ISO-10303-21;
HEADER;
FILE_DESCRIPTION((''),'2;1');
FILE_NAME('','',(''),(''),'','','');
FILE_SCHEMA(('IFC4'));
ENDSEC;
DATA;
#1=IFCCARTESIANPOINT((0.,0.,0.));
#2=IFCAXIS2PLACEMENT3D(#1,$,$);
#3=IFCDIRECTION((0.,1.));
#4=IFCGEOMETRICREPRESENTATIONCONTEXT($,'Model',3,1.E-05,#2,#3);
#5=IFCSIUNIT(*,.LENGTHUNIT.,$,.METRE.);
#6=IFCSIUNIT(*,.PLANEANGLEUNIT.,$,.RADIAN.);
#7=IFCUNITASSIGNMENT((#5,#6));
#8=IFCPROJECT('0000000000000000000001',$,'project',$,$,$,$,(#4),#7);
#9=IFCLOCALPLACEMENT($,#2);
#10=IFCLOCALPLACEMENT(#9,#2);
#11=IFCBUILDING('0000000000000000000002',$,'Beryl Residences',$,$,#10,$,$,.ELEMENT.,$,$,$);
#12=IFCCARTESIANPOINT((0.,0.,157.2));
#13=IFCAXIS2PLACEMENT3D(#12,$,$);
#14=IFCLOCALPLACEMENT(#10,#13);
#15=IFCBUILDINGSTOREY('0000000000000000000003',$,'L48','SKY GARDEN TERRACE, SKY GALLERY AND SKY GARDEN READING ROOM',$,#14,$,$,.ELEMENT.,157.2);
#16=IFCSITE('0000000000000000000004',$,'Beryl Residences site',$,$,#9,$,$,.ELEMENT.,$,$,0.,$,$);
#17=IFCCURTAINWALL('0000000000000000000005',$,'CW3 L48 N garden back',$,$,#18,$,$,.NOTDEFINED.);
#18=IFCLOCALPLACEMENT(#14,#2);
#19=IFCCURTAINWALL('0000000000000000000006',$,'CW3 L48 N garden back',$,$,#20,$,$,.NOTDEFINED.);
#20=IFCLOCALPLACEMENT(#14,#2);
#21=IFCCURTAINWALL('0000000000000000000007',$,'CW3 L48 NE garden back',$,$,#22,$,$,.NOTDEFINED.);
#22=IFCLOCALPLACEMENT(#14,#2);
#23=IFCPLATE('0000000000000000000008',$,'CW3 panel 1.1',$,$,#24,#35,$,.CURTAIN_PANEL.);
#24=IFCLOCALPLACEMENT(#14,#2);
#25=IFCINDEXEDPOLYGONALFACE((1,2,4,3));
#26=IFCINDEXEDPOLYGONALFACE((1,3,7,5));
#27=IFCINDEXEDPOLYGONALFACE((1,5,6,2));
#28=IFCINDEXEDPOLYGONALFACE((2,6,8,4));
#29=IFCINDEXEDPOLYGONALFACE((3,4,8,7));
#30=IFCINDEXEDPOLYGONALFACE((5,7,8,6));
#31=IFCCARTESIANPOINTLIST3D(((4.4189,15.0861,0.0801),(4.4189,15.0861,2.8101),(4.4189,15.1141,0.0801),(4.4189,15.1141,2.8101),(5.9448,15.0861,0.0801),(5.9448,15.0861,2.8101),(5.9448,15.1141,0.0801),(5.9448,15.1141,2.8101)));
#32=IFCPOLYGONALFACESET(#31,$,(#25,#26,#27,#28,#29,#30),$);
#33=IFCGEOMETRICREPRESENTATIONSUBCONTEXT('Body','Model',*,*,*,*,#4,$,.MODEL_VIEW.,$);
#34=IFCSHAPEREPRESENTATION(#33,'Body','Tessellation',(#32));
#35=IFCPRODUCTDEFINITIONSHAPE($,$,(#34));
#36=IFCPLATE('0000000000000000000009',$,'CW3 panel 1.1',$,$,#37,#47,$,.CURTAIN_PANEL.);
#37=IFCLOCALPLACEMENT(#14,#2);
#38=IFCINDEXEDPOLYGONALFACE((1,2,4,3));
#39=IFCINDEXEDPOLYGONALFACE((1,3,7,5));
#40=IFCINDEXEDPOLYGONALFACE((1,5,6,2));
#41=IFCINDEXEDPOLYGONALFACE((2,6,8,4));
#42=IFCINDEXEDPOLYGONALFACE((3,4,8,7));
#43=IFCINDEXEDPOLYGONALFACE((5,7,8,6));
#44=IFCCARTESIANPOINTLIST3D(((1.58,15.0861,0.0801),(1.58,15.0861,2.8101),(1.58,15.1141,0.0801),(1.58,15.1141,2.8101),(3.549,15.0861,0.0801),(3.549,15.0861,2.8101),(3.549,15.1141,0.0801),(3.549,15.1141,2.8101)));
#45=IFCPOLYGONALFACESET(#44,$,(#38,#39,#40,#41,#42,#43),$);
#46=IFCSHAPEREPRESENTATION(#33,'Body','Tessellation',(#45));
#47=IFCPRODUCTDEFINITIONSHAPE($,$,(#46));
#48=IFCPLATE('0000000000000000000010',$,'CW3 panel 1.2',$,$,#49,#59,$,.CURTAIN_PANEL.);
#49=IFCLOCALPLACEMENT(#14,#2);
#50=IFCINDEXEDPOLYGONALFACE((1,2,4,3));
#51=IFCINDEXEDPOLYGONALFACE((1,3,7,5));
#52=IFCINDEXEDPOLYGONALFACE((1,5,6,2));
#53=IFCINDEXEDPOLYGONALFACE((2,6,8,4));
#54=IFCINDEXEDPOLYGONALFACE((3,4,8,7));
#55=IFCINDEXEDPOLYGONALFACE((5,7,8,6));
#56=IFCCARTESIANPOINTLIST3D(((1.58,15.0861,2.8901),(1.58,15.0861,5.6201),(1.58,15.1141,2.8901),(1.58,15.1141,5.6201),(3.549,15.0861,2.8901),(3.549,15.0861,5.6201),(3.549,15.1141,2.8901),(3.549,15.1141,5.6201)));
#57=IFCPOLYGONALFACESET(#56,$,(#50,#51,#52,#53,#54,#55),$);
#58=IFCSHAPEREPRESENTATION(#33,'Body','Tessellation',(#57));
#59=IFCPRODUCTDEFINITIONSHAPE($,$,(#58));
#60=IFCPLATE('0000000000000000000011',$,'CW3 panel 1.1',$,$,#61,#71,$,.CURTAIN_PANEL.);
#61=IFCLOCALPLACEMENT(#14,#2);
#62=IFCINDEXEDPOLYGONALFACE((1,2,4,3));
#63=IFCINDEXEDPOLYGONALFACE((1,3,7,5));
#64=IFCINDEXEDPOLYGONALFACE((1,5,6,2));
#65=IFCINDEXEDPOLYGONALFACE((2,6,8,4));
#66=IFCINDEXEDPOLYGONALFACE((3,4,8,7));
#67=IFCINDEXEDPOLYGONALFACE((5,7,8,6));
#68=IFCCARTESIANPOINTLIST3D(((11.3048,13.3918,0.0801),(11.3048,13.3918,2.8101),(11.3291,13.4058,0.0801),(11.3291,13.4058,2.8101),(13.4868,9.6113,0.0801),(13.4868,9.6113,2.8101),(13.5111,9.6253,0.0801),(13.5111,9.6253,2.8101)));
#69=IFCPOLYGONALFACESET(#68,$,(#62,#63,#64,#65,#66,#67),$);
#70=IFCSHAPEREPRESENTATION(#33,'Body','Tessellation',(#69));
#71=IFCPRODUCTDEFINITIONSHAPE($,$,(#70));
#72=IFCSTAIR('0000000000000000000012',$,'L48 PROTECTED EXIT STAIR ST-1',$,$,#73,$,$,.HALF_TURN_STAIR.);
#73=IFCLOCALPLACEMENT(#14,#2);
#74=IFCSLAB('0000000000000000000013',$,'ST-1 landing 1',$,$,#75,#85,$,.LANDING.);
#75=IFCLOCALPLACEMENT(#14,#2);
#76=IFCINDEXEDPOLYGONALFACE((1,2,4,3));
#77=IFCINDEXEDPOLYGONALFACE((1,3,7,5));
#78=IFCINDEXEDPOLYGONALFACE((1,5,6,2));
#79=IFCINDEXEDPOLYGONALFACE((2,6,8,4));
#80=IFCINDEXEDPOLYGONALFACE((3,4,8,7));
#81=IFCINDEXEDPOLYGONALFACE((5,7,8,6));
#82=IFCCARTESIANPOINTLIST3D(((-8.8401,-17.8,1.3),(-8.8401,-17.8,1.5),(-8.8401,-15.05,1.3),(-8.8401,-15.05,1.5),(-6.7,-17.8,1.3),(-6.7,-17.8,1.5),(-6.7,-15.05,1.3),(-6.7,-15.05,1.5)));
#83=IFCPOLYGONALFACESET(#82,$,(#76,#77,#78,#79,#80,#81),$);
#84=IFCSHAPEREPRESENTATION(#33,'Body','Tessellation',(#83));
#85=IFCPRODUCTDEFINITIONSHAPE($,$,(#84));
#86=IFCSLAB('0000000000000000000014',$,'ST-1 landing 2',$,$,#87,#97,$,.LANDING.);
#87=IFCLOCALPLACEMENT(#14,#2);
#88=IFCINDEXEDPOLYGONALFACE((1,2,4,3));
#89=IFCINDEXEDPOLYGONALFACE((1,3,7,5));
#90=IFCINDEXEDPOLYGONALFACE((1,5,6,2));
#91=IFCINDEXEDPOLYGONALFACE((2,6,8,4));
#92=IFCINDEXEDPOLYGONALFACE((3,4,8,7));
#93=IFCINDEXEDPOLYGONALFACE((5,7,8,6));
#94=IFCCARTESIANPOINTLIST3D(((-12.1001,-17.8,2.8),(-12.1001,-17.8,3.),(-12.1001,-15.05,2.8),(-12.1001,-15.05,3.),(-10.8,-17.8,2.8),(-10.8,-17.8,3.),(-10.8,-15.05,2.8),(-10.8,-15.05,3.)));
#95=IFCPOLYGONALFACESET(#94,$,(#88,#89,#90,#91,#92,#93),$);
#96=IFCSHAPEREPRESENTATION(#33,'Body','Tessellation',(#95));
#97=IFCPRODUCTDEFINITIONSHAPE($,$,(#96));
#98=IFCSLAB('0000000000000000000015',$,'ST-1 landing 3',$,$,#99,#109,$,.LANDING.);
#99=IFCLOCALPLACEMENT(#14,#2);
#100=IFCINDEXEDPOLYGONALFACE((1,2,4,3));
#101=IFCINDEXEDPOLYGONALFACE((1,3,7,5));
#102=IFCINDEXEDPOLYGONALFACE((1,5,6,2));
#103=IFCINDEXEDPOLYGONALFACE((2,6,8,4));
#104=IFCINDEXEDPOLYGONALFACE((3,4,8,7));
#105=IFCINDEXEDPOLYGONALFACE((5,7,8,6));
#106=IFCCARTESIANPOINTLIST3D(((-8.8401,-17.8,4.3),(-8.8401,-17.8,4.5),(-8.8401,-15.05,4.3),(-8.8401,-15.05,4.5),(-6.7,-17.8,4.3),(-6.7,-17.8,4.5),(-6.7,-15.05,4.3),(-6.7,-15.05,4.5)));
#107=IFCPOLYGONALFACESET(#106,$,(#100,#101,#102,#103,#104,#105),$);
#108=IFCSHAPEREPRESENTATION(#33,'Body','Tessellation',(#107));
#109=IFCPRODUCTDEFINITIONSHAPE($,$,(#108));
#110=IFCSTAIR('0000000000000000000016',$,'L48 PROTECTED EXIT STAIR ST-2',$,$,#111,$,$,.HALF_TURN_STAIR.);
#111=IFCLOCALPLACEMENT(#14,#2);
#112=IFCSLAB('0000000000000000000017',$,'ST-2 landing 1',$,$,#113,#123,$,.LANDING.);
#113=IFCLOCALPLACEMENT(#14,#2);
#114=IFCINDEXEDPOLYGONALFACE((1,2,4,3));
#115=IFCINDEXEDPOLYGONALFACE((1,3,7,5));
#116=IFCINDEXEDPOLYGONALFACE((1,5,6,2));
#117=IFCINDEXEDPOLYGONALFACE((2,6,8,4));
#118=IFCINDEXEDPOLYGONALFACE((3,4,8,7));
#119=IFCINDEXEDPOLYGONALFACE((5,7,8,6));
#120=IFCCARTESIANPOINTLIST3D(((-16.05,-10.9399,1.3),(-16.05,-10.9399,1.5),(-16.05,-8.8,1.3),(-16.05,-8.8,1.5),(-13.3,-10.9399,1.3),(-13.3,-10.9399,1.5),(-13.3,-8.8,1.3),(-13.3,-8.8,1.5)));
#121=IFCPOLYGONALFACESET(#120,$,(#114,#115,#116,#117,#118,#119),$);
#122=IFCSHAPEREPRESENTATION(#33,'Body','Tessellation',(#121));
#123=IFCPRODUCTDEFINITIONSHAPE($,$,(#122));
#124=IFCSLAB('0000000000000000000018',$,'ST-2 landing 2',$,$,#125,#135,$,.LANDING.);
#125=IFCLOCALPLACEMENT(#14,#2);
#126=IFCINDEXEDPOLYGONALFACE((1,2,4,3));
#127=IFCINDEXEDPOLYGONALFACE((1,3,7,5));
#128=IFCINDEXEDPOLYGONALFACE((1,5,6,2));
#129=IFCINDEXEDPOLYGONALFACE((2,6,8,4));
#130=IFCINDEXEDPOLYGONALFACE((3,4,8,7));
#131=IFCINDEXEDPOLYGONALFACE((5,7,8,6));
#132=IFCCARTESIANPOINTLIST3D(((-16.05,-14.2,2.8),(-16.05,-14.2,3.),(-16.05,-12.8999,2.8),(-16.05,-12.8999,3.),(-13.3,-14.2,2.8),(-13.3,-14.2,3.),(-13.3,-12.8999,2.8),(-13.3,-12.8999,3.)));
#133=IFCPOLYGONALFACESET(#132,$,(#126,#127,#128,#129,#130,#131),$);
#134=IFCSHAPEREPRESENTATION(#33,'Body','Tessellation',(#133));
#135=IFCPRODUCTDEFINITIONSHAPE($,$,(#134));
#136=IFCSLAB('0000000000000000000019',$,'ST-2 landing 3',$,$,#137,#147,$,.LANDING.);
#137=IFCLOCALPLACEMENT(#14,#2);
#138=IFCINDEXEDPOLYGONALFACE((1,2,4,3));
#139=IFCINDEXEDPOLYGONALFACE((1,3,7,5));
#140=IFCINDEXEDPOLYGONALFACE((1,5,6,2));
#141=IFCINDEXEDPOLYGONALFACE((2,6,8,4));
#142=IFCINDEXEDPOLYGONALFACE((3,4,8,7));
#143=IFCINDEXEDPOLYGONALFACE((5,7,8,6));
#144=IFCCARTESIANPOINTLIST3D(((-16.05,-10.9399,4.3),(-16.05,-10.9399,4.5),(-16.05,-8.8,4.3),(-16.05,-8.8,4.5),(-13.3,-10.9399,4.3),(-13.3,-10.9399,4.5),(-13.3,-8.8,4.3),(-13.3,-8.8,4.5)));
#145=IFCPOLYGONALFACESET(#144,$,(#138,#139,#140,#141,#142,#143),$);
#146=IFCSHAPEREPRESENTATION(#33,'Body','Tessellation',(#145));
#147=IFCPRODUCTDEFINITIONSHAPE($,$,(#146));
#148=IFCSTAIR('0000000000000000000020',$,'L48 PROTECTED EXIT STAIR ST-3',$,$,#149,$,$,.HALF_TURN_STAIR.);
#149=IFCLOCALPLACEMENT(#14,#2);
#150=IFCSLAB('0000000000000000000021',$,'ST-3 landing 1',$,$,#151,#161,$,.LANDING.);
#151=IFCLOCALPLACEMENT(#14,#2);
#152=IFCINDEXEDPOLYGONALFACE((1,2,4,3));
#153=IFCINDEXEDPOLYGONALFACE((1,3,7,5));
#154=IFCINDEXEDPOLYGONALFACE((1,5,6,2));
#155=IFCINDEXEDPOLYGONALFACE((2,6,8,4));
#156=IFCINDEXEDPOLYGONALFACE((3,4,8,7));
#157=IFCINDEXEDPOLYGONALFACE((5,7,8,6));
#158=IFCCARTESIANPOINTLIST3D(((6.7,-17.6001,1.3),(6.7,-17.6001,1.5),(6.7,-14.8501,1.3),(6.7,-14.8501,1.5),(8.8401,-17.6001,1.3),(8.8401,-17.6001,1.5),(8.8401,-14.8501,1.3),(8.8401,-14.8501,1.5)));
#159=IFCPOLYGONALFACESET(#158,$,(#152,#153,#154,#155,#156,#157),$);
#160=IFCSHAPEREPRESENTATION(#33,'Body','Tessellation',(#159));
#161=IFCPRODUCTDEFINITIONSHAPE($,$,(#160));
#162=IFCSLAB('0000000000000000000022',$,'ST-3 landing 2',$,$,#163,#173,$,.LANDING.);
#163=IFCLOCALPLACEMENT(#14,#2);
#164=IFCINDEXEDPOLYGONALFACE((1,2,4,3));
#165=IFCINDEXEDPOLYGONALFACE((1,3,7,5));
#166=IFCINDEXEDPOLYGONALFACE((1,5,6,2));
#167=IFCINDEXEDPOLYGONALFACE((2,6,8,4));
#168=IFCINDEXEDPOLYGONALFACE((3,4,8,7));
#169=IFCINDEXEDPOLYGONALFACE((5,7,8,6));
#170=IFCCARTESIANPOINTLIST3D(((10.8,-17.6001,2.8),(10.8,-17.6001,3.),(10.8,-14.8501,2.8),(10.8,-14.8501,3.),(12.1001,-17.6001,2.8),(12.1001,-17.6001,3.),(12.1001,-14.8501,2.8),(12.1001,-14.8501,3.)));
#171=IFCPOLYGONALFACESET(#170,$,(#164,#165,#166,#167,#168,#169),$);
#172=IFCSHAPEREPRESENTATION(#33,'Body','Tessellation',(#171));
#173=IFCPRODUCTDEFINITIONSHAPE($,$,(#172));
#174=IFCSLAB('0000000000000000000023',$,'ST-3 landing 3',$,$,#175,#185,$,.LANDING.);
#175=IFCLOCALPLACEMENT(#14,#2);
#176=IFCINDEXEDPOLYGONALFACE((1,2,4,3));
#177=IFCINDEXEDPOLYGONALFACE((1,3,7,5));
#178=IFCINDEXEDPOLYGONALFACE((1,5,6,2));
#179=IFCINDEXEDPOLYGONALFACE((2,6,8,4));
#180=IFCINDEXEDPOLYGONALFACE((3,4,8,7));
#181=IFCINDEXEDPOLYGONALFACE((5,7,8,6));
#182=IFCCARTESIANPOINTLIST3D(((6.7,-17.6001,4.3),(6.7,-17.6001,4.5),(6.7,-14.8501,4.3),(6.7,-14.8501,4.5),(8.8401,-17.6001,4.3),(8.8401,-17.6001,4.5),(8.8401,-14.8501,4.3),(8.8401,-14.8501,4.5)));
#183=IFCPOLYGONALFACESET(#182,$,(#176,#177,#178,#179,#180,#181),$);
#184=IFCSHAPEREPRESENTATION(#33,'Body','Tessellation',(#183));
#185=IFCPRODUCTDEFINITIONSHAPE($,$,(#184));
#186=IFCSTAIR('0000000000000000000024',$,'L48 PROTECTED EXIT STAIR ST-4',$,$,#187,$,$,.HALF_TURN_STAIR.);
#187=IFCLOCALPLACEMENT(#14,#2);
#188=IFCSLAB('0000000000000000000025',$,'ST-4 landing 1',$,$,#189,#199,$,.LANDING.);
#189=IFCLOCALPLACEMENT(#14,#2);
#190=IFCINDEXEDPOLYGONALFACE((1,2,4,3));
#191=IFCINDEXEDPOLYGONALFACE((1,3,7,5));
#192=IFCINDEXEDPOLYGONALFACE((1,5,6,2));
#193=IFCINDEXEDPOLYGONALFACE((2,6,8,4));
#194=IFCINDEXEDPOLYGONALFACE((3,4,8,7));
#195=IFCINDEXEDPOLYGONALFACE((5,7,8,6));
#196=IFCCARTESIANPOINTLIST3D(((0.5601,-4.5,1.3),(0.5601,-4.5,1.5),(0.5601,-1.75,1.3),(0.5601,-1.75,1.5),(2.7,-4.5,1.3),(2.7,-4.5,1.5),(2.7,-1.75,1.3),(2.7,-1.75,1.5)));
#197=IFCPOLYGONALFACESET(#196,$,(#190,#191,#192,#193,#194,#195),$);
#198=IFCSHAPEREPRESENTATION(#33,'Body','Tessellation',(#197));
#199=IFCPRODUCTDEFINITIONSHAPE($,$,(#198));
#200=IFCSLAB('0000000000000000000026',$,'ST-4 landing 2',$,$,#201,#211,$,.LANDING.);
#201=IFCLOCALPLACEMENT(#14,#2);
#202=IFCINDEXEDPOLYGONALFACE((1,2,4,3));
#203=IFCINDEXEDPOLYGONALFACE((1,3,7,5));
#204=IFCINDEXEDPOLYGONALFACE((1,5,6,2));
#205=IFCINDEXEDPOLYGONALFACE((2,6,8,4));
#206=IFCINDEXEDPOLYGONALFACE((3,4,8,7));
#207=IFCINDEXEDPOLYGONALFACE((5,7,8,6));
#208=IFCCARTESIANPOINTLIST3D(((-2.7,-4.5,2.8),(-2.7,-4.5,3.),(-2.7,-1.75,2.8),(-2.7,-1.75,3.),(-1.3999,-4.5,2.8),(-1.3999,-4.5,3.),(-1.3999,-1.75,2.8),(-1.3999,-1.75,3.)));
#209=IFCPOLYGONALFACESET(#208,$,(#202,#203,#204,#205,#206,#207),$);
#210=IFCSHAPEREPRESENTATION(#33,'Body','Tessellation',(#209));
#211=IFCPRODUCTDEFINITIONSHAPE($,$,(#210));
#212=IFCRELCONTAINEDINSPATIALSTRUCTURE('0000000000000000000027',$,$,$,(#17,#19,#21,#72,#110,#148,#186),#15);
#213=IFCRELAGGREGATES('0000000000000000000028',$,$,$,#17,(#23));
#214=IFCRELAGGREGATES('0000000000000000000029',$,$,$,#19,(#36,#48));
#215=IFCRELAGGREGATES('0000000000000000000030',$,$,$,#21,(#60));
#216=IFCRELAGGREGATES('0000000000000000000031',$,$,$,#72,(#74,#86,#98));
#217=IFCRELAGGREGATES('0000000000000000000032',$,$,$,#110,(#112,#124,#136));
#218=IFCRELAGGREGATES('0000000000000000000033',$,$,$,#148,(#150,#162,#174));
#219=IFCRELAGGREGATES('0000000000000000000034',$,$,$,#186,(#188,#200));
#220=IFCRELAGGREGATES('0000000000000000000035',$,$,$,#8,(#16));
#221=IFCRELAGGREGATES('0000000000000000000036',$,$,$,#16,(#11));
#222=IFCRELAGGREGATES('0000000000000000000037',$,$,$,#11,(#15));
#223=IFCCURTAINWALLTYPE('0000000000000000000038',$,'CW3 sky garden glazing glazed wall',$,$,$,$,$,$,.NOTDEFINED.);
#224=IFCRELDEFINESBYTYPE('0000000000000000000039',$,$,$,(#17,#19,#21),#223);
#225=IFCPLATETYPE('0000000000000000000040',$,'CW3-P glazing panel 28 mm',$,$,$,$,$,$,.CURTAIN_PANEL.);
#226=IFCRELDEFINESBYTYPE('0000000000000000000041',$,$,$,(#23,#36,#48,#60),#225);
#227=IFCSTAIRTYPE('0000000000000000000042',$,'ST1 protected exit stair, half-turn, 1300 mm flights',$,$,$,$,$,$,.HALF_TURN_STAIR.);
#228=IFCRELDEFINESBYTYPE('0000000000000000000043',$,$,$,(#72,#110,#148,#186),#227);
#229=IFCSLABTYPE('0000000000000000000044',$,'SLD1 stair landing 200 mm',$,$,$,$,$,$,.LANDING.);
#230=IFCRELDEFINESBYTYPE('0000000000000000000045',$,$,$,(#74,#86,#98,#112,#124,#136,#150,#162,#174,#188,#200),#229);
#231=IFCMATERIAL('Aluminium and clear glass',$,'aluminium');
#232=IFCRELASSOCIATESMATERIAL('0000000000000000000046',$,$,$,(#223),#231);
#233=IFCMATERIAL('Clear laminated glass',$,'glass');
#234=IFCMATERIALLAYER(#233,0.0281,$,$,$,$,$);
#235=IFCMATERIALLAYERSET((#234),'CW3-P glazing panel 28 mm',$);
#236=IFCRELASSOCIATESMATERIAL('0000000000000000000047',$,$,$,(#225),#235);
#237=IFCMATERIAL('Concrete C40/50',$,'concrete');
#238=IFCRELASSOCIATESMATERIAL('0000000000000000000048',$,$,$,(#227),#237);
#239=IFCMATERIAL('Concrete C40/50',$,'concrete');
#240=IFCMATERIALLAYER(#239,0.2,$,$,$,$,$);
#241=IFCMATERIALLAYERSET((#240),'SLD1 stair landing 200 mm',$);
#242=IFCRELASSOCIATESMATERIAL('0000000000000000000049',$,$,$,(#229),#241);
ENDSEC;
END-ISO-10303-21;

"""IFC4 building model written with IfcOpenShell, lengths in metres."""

from ifc_helpers import new_model, si_unit, direction, frame, origin, origin_2d, place, context, subcontext, project, spatial, polyline, rectangle, outline, extrude, material, layer, layer_set, type_object, element, aggregate, save


model = new_model("IFC4")

# Units and contexts
model_context = context("Model", 3, precision=1e-05, world=origin(), true_north=direction((0.0, 1.0)))
body_context = subcontext(model_context, "Body", "Model", "MODEL_VIEW")
ifc_project = project(units=[si_unit("LENGTHUNIT", "METRE"), si_unit("PLANEANGLEUNIT", "RADIAN")], contexts=[model_context])

# Site, building, storey
site_placement = place(None, origin())
site = spatial("IfcSite", under=ifc_project, at=site_placement, Name="Beryl Residences site", CompositionType="ELEMENT", RefElevation=0.0)
building_placement = place(site_placement, origin())
building = spatial("IfcBuilding", under=site, at=building_placement, Name="Beryl Residences", CompositionType="ELEMENT")
storey_placement = place(building_placement, frame((0.0, 0.0, 157.2)))
storey = spatial("IfcBuildingStorey", under=building, at=storey_placement, Name="L48", Description="SKY GARDEN TERRACE, SKY GALLERY AND SKY GARDEN READING ROOM", CompositionType="ELEMENT", Elevation=157.2)

# Curtain wall
ifc_material_1 = material(Name="Aluminium and clear glass", Category="aluminium")
curtain_wall_type = type_object("IfcCurtainWallType", Name="CW3 sky garden glazing glazed wall", PredefinedType="NOTDEFINED", material=ifc_material_1)
curtain_wall_1_placement = place(storey_placement, origin())
curtain_wall_1 = element("IfcCurtainWall", 1, at=curtain_wall_1_placement, inside=storey, type_object=curtain_wall_type, Name="CW3 L48 N garden back", PredefinedType="NOTDEFINED")

# Curtain wall
curtain_wall_2_placement = place(storey_placement, origin())
curtain_wall_2 = element("IfcCurtainWall", 2, at=curtain_wall_2_placement, inside=storey, type_object=curtain_wall_type, Name="CW3 L48 N garden back", PredefinedType="NOTDEFINED")

# Curtain wall
curtain_wall_3_placement = place(storey_placement, origin())
curtain_wall_3 = element("IfcCurtainWall", 3, at=curtain_wall_3_placement, inside=storey, type_object=curtain_wall_type, Name="CW3 L48 NE garden back", PredefinedType="NOTDEFINED")

# Plates
ifc_material_2 = material(Name="Clear laminated glass", Category="glass")
ifc_layer_1 = layer(ifc_material_2, 0.0281)
ifc_layer_set_1 = layer_set([ifc_layer_1], Name="CW3-P glazing panel 28 mm")
plate_type = type_object("IfcPlateType", Name="CW3-P glazing panel 28 mm", PredefinedType="CURTAIN_PANEL", material=ifc_layer_set_1)
plate_1_placement = place(storey_placement, frame((5.1819, 15.1001, 0.0801), z_axis=(0.0, 0.0, 1.0), x_axis=(-1.0, 0.0, 0.0)))
plate_1 = element("IfcPlate", 4, at=plate_1_placement, type_object=plate_type, Name="CW3 panel 1.1", PredefinedType="CURTAIN_PANEL", context=body_context, shape_type="SweptSolid", body=[
    extrude(rectangle(XDim=1.5259, YDim=0.0281, at=origin_2d()), origin(), (0.0, 0.0, 1.0), 2.73),
])
aggregate(curtain_wall_1, [plate_1])
plate_2_placement = place(storey_placement, frame((2.5645, 15.1001, 0.0801), z_axis=(0.0, 0.0, 1.0), x_axis=(-1.0, 0.0, 0.0)))
plate_2 = element("IfcPlate", 5, at=plate_2_placement, type_object=plate_type, Name="CW3 panel 1.1", PredefinedType="CURTAIN_PANEL", context=body_context, shape_type="SweptSolid", body=[
    extrude(rectangle(XDim=1.969, YDim=0.0281, at=origin_2d()), origin(), (0.0, 0.0, 1.0), 2.73),
])
plate_3_placement = place(storey_placement, frame((2.5645, 15.1001, 2.8901), z_axis=(0.0, 0.0, 1.0), x_axis=(-1.0, 0.0, 0.0)))
plate_3 = element("IfcPlate", 6, at=plate_3_placement, type_object=plate_type, Name="CW3 panel 1.2", PredefinedType="CURTAIN_PANEL", context=body_context, shape_type="SweptSolid", body=[
    extrude(rectangle(XDim=1.969, YDim=0.0281, at=origin_2d()), origin(), (0.0, 0.0, 1.0), 2.73),
])
aggregate(curtain_wall_2, [plate_2, plate_3])
plate_4_placement = place(storey_placement, frame((12.408, 11.5085, 0.0801), z_axis=(0.0, 0.0, 1.0), x_axis=(-0.499895, 0.866086, 0.0)))
plate_4 = element("IfcPlate", 7, at=plate_4_placement, type_object=plate_type, Name="CW3 panel 1.1", PredefinedType="CURTAIN_PANEL", context=body_context, shape_type="SweptSolid", body=[
    extrude(rectangle(XDim=4.365, YDim=0.0281, at=origin_2d()), origin(), (0.0, 0.0, 1.0), 2.73),
])
aggregate(curtain_wall_3, [plate_4])

# Stairs, slabs
ifc_material_3 = material(Name="Concrete C40/50", Category="concrete")
stair_type = type_object("IfcStairType", Name="ST1 protected exit stair, half-turn, 1300 mm flights", PredefinedType="HALF_TURN_STAIR", material=ifc_material_3)
stair_1_placement = place(storey_placement, origin())
stair_1 = element("IfcStair", 8, at=stair_1_placement, inside=storey, type_object=stair_type, Name="L48 PROTECTED EXIT STAIR ST-1", PredefinedType="HALF_TURN_STAIR")
ifc_material_4 = material(Name="Concrete C40/50", Category="concrete")
ifc_layer_2 = layer(ifc_material_4, 0.2)
ifc_layer_set_2 = layer_set([ifc_layer_2], Name="SLD1 stair landing 200 mm")
slab_type = type_object("IfcSlabType", Name="SLD1 stair landing 200 mm", PredefinedType="LANDING", material=ifc_layer_set_2)
slab_1_placement = place(storey_placement, frame((0.0, 0.0, 1.3)))
slab_1 = element("IfcSlab", 9, at=slab_1_placement, type_object=slab_type, Name="ST-1 landing 1", PredefinedType="LANDING", context=body_context, shape_type="SweptSolid", body=[
    extrude(outline(polyline([(-8.8401, -17.8), (-6.7, -17.8), (-6.7, -15.05), (-8.8401, -15.05), (-8.8401, -17.8)])), origin(), (0.0, 0.0, 1.0), 0.2),
])
slab_2_placement = place(storey_placement, frame((0.0, 0.0, 2.8)))
slab_2 = element("IfcSlab", 10, at=slab_2_placement, type_object=slab_type, Name="ST-1 landing 2", PredefinedType="LANDING", context=body_context, shape_type="SweptSolid", body=[
    extrude(outline(polyline([(-12.1001, -17.8), (-10.8, -17.8), (-10.8, -15.05), (-12.1001, -15.05), (-12.1001, -17.8)])), origin(), (0.0, 0.0, 1.0), 0.2),
])
slab_3_placement = place(storey_placement, frame((0.0, 0.0, 4.3)))
slab_3 = element("IfcSlab", 11, at=slab_3_placement, type_object=slab_type, Name="ST-1 landing 3", PredefinedType="LANDING", context=body_context, shape_type="SweptSolid", body=[
    extrude(outline(polyline([(-8.8401, -17.8), (-6.7, -17.8), (-6.7, -15.05), (-8.8401, -15.05), (-8.8401, -17.8)])), origin(), (0.0, 0.0, 1.0), 0.2),
])
aggregate(stair_1, [slab_1, slab_2, slab_3])
stair_2_placement = place(storey_placement, origin())
stair_2 = element("IfcStair", 12, at=stair_2_placement, inside=storey, type_object=stair_type, Name="L48 PROTECTED EXIT STAIR ST-2", PredefinedType="HALF_TURN_STAIR")
slab_4_placement = place(storey_placement, frame((0.0, 0.0, 1.3)))
slab_4 = element("IfcSlab", 13, at=slab_4_placement, type_object=slab_type, Name="ST-2 landing 1", PredefinedType="LANDING", context=body_context, shape_type="SweptSolid", body=[
    extrude(outline(polyline([(-13.3, -10.9399), (-13.3, -8.8), (-16.05, -8.8), (-16.05, -10.9399), (-13.3, -10.9399)])), origin(), (0.0, 0.0, 1.0), 0.2),
])
slab_5_placement = place(storey_placement, frame((0.0, 0.0, 2.8)))
slab_5 = element("IfcSlab", 14, at=slab_5_placement, type_object=slab_type, Name="ST-2 landing 2", PredefinedType="LANDING", context=body_context, shape_type="SweptSolid", body=[
    extrude(outline(polyline([(-13.3, -14.2), (-13.3, -12.8999), (-16.05, -12.8999), (-16.05, -14.2), (-13.3, -14.2)])), origin(), (0.0, 0.0, 1.0), 0.2),
])
slab_6_placement = place(storey_placement, frame((0.0, 0.0, 4.3)))
slab_6 = element("IfcSlab", 15, at=slab_6_placement, type_object=slab_type, Name="ST-2 landing 3", PredefinedType="LANDING", context=body_context, shape_type="SweptSolid", body=[
    extrude(outline(polyline([(-13.3, -10.9399), (-13.3, -8.8), (-16.05, -8.8), (-16.05, -10.9399), (-13.3, -10.9399)])), origin(), (0.0, 0.0, 1.0), 0.2),
])
aggregate(stair_2, [slab_4, slab_5, slab_6])
stair_3_placement = place(storey_placement, origin())
stair_3 = element("IfcStair", 16, at=stair_3_placement, inside=storey, type_object=stair_type, Name="L48 PROTECTED EXIT STAIR ST-3", PredefinedType="HALF_TURN_STAIR")
slab_7_placement = place(storey_placement, frame((0.0, 0.0, 1.3)))
slab_7 = element("IfcSlab", 17, at=slab_7_placement, type_object=slab_type, Name="ST-3 landing 1", PredefinedType="LANDING", context=body_context, shape_type="SweptSolid", body=[
    extrude(outline(polyline([(8.8401, -14.8501), (6.7, -14.8501), (6.7, -17.6001), (8.8401, -17.6001), (8.8401, -14.8501)])), origin(), (0.0, 0.0, 1.0), 0.2),
])
slab_8_placement = place(storey_placement, frame((0.0, 0.0, 2.8)))
slab_8 = element("IfcSlab", 18, at=slab_8_placement, type_object=slab_type, Name="ST-3 landing 2", PredefinedType="LANDING", context=body_context, shape_type="SweptSolid", body=[
    extrude(outline(polyline([(12.1001, -14.8501), (10.8, -14.8501), (10.8, -17.6001), (12.1001, -17.6001), (12.1001, -14.8501)])), origin(), (0.0, 0.0, 1.0), 0.2),
])
slab_9_placement = place(storey_placement, frame((0.0, 0.0, 4.3)))
slab_9 = element("IfcSlab", 19, at=slab_9_placement, type_object=slab_type, Name="ST-3 landing 3", PredefinedType="LANDING", context=body_context, shape_type="SweptSolid", body=[
    extrude(outline(polyline([(8.8401, -14.8501), (6.7, -14.8501), (6.7, -17.6001), (8.8401, -17.6001), (8.8401, -14.8501)])), origin(), (0.0, 0.0, 1.0), 0.2),
])
aggregate(stair_3, [slab_7, slab_8, slab_9])
stair_4_placement = place(storey_placement, origin())
stair_4 = element("IfcStair", 20, at=stair_4_placement, inside=storey, type_object=stair_type, Name="L48 PROTECTED EXIT STAIR ST-4", PredefinedType="HALF_TURN_STAIR")
slab_10_placement = place(storey_placement, frame((0.0, 0.0, 1.3)))
slab_10 = element("IfcSlab", 21, at=slab_10_placement, type_object=slab_type, Name="ST-4 landing 1", PredefinedType="LANDING", context=body_context, shape_type="SweptSolid", body=[
    extrude(outline(polyline([(0.5601, -4.5), (2.7, -4.5), (2.7, -1.75), (0.5601, -1.75), (0.5601, -4.5)])), origin(), (0.0, 0.0, 1.0), 0.2),
])
slab_11_placement = place(storey_placement, frame((0.0, 0.0, 2.8)))
slab_11 = element("IfcSlab", 22, at=slab_11_placement, type_object=slab_type, Name="ST-4 landing 2", PredefinedType="LANDING", context=body_context, shape_type="SweptSolid", body=[
    extrude(outline(polyline([(-2.7, -4.5), (-1.3999, -4.5), (-1.3999, -1.75), (-2.7, -1.75), (-2.7, -4.5)])), origin(), (0.0, 0.0, 1.0), 0.2),
])
aggregate(stair_4, [slab_10, slab_11])

save(model, "model.ifc")
